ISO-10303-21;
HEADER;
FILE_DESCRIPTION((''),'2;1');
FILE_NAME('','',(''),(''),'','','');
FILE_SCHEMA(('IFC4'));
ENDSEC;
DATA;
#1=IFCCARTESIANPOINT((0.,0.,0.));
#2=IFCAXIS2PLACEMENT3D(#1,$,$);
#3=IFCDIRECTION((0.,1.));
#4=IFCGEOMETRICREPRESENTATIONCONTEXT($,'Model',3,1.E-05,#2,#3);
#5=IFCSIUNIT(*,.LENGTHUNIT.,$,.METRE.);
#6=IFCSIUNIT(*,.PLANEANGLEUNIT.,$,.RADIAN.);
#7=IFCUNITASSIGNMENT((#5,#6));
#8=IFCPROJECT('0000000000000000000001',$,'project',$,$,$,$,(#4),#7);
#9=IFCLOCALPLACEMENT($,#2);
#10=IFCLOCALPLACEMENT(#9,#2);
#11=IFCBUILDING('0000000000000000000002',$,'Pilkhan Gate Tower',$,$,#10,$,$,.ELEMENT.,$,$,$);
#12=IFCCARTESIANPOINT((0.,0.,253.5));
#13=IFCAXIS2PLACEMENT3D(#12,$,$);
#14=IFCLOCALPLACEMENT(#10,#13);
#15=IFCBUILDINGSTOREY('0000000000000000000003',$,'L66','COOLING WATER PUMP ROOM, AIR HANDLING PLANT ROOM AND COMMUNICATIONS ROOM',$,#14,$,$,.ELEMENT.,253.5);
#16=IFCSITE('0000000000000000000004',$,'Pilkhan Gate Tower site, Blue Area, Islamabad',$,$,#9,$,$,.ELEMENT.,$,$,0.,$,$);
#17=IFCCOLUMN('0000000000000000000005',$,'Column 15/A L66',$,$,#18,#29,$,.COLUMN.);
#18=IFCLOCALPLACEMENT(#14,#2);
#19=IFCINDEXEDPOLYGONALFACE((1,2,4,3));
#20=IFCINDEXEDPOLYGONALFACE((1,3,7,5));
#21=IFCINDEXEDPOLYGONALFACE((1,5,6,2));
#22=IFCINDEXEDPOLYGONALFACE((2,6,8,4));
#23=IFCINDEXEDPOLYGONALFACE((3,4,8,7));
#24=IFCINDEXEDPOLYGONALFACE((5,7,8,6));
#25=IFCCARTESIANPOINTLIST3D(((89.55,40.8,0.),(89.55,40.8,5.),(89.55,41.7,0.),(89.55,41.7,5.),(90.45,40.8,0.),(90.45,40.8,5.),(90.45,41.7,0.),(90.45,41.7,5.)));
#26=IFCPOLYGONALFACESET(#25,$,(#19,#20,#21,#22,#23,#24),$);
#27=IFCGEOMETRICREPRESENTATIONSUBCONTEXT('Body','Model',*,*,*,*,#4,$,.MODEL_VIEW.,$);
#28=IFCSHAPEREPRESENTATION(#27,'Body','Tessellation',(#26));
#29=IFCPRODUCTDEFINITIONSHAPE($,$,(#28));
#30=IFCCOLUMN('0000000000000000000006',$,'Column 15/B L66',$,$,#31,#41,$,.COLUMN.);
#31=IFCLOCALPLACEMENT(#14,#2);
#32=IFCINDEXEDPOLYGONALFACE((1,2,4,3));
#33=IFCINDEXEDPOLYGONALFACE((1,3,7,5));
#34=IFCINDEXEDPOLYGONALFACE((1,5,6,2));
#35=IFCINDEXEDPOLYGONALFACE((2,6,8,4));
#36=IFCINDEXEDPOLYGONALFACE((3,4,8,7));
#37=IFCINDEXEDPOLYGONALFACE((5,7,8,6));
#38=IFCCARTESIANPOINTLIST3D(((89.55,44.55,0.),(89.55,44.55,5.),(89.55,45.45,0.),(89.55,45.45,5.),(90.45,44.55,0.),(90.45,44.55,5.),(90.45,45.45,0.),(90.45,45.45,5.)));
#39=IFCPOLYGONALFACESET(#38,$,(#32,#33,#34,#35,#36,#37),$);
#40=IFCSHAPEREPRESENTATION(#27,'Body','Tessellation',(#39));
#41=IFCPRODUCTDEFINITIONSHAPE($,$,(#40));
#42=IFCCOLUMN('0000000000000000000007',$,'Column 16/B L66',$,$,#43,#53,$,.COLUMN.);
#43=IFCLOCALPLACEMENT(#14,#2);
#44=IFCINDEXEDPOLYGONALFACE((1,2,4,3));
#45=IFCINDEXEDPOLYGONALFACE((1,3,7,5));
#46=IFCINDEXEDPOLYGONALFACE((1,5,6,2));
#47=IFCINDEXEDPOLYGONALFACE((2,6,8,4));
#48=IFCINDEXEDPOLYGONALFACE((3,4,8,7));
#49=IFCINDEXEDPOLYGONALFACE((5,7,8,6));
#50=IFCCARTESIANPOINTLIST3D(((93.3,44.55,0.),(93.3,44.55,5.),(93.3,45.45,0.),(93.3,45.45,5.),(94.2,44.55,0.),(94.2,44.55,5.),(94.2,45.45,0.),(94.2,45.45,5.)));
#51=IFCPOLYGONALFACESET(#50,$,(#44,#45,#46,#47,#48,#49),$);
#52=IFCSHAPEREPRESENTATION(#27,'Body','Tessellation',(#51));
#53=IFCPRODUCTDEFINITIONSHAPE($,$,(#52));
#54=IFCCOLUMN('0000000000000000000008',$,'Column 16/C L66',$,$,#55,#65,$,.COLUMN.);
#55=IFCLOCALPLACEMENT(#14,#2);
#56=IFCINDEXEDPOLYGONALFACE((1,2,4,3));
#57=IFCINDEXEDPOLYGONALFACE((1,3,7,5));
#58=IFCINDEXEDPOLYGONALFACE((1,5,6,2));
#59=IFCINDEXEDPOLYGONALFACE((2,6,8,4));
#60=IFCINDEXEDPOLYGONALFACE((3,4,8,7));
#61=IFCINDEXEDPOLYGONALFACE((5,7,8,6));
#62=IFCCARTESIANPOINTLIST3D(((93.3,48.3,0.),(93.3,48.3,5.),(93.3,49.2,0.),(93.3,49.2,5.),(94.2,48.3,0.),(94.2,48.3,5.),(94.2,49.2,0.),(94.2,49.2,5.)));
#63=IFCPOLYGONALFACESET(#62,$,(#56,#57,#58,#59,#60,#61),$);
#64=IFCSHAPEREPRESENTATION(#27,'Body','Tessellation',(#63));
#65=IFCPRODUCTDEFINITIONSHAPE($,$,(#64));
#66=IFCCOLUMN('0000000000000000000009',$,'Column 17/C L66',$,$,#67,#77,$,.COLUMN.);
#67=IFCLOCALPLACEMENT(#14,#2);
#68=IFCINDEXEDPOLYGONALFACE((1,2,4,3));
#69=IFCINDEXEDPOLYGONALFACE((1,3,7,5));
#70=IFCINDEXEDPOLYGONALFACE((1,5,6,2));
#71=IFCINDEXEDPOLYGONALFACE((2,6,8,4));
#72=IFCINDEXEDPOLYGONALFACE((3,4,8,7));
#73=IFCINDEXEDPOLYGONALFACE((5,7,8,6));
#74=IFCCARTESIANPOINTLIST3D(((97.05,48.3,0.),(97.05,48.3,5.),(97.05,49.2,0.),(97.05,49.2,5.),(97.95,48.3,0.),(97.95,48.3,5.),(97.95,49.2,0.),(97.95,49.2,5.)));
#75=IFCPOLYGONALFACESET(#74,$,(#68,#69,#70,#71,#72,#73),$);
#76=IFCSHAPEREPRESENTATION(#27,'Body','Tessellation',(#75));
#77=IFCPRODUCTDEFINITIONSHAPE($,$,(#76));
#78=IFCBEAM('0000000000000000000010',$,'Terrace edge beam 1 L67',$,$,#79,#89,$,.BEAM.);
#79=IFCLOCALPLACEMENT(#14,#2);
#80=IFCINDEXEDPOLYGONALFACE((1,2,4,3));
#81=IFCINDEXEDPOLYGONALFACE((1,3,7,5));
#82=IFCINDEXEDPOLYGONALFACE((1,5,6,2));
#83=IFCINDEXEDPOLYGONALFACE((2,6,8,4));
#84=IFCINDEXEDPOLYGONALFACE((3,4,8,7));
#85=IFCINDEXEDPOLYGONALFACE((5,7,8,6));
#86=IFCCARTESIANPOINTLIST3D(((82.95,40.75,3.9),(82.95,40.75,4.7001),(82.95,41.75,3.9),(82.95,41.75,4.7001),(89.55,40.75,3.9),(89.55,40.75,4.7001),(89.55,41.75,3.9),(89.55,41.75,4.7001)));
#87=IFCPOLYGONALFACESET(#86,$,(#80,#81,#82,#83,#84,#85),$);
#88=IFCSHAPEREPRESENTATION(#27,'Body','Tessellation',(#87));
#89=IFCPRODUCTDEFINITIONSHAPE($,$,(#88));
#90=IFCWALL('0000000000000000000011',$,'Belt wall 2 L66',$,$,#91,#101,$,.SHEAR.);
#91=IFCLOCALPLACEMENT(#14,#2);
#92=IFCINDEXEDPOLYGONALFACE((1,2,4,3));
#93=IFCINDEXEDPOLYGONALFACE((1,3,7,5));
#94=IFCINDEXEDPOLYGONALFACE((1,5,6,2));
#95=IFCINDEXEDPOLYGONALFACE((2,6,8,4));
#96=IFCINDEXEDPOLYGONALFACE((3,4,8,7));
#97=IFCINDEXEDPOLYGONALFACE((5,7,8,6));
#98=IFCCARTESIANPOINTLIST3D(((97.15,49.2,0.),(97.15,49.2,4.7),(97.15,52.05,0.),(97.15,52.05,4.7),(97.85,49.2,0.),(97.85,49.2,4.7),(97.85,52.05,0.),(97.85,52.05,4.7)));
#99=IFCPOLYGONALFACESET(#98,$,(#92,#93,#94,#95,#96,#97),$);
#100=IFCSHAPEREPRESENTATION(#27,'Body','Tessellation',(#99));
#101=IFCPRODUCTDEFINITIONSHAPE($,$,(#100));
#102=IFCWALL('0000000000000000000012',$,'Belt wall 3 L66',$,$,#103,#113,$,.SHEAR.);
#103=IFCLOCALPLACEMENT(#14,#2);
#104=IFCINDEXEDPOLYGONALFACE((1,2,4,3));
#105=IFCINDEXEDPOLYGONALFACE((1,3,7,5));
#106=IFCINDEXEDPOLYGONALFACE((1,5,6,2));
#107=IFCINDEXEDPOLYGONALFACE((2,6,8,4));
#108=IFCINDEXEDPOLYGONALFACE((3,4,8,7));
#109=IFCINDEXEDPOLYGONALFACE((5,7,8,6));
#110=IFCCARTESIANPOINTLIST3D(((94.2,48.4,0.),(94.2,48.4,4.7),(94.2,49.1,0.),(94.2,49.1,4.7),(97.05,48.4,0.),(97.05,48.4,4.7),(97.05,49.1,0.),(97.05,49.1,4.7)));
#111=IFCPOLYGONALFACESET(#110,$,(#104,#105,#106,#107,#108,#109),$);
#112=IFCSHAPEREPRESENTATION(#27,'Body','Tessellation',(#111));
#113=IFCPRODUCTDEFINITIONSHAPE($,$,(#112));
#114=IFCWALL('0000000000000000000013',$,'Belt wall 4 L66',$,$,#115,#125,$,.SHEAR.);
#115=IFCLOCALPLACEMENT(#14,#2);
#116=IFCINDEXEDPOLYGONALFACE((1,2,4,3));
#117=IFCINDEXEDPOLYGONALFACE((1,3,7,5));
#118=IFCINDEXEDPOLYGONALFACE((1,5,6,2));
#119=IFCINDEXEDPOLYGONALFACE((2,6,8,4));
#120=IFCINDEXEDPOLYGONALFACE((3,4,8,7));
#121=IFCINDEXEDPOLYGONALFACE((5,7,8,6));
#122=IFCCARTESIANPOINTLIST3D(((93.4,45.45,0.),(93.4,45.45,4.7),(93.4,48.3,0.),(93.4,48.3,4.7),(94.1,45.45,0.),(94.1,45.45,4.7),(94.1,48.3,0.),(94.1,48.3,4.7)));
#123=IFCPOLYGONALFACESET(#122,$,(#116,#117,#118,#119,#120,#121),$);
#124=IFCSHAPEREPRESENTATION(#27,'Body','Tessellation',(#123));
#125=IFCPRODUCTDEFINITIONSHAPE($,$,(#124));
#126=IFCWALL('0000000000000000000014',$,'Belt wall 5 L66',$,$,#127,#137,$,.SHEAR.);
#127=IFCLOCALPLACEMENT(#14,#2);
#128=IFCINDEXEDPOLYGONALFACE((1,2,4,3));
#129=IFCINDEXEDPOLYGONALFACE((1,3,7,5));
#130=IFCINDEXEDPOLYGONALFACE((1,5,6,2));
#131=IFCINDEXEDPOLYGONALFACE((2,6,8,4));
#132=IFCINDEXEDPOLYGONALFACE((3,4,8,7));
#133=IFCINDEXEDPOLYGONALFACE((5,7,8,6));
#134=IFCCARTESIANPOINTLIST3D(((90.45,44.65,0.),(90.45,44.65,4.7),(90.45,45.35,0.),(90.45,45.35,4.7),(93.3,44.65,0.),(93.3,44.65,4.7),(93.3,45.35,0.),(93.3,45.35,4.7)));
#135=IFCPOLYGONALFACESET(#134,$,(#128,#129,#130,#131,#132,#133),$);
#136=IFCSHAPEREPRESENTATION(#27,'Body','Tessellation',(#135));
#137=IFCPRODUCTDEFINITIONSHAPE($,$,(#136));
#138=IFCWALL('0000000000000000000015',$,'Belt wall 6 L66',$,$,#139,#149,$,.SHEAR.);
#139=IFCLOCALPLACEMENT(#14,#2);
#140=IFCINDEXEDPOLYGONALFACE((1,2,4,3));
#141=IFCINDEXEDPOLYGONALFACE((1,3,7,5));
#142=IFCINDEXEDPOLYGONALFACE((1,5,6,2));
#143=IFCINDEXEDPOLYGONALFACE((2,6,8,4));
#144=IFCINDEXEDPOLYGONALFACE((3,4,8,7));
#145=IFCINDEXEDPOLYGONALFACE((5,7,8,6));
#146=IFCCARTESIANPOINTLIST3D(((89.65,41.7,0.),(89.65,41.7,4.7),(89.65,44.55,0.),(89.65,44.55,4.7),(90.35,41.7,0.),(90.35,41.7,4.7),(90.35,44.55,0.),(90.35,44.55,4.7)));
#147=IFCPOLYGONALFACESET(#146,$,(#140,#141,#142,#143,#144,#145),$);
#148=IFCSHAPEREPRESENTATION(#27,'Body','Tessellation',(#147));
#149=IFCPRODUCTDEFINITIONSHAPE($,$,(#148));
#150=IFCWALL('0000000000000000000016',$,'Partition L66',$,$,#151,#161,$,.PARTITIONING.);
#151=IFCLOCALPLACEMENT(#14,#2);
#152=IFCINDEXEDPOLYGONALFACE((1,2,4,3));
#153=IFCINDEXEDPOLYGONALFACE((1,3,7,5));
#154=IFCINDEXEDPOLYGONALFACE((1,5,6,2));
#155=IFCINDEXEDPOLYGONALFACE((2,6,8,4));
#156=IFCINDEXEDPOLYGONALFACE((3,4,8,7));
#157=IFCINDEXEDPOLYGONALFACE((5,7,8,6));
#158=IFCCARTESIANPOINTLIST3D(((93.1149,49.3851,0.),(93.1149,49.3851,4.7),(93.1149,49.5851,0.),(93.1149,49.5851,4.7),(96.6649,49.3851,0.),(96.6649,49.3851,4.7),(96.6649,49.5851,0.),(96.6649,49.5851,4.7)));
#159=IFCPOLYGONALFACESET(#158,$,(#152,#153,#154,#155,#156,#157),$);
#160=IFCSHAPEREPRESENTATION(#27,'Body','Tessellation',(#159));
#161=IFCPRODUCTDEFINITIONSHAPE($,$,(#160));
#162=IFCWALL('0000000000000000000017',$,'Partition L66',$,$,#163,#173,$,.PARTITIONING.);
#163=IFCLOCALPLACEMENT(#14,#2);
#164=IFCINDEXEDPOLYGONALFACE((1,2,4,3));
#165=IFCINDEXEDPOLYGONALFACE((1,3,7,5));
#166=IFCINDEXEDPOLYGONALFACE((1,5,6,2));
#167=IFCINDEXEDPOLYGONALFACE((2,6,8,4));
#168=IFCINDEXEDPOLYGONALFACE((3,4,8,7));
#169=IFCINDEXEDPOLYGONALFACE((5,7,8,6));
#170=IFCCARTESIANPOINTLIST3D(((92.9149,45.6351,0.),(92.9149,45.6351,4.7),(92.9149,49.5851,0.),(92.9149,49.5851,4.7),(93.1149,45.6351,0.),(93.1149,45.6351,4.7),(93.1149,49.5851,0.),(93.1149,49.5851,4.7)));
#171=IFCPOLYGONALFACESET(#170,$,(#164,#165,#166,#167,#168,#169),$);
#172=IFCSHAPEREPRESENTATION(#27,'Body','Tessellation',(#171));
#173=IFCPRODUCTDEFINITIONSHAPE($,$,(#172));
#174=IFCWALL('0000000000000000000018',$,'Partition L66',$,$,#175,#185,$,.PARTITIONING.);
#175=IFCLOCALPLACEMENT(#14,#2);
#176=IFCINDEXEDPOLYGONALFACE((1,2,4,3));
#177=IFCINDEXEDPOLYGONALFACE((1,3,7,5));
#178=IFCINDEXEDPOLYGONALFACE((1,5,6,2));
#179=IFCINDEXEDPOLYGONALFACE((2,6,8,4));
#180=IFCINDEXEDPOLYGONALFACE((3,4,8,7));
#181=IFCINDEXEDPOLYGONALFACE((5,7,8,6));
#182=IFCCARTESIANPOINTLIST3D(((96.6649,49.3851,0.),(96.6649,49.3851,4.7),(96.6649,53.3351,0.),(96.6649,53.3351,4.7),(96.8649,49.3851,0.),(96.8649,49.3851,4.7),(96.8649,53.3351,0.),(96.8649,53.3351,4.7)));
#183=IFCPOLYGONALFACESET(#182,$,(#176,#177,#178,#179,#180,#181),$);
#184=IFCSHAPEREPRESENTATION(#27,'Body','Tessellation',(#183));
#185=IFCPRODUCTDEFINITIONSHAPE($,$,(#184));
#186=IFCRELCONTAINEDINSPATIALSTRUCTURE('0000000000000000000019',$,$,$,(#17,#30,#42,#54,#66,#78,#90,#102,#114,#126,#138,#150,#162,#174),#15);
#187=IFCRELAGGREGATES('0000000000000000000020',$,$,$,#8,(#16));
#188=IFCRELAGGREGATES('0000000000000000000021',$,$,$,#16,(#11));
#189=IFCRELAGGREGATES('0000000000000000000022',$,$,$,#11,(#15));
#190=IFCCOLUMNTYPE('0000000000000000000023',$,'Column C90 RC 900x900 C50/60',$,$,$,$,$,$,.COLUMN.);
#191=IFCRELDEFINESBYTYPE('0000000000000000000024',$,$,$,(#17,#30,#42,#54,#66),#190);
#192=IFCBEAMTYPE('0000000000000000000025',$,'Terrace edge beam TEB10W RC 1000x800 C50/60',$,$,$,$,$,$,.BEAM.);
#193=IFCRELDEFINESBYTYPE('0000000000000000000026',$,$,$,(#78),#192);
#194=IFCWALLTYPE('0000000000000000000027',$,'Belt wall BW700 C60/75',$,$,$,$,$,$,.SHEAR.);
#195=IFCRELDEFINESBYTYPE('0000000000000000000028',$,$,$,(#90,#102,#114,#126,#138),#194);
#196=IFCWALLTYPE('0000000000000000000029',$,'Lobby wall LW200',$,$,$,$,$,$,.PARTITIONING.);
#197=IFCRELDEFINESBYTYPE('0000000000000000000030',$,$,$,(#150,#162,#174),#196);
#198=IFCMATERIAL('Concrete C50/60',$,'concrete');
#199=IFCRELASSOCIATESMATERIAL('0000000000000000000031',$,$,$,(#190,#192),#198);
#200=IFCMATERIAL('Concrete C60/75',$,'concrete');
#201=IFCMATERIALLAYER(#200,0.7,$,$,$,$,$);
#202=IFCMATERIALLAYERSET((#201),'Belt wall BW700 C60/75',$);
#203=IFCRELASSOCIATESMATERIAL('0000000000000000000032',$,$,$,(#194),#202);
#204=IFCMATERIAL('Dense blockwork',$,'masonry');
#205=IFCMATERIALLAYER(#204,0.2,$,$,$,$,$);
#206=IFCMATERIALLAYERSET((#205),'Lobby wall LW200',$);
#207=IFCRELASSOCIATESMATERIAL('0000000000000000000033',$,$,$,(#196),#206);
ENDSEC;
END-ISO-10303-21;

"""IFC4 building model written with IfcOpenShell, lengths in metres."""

from ifc_helpers import new_model, si_unit, direction, frame, frame_2d, origin, origin_2d, place, context, subcontext, project, spatial, rectangle, extrude, material, layer, layer_set, material_profile, profile_set, type_object, element, save


model = new_model("IFC4")

# Units and contexts
model_context = context("Model", 3, precision=1e-05, world=origin(), true_north=direction((0.0, 1.0)))
body_context = subcontext(model_context, "Body", "Model", "MODEL_VIEW")
ifc_project = project(units=[si_unit("LENGTHUNIT", "METRE"), si_unit("PLANEANGLEUNIT", "RADIAN")], contexts=[model_context])

# Site, building, storey
site_placement = place(None, origin())
site = spatial("IfcSite", under=ifc_project, at=site_placement, Name="Pilkhan Gate Tower site, Blue Area, Islamabad", CompositionType="ELEMENT", RefElevation=0.0)
building_placement = place(site_placement, origin())
building = spatial("IfcBuilding", under=site, at=building_placement, Name="Pilkhan Gate Tower", CompositionType="ELEMENT")
storey_placement = place(building_placement, frame((0.0, 0.0, 253.5)))
storey = spatial("IfcBuildingStorey", under=building, at=storey_placement, Name="L66", Description="COOLING WATER PUMP ROOM, AIR HANDLING PLANT ROOM AND COMMUNICATIONS ROOM", CompositionType="ELEMENT", Elevation=253.5)

# Columns
ifc_material_1 = material(Name="Concrete C50/60", Category="concrete")
ifc_material_profile_1 = material_profile(ifc_material_1, rectangle(XDim=0.8999, YDim=0.8999, at=origin_2d()), Name="RC 900x900")
ifc_profile_set_1 = profile_set([ifc_material_profile_1], Name="Concrete C50/60")
column_type = type_object("IfcColumnType", Name="Column C90 RC 900x900 C50/60", PredefinedType="COLUMN", material=ifc_profile_set_1)
for number, where, z_axis, x_axis, name in (
    (1, (90.0, 41.25, 0.0), (0.0, 0.0, 1.0), (1.0, 0.0, 0.0), "Column 15/A L66"),
    (2, (90.0, 45.0, 0.0), (0.0, 0.0, 1.0), (1.0, 0.0, 0.0), "Column 15/B L66"),
    (3, (93.75, 45.0, 0.0), (0.0, 0.0, 1.0), (1.0, 0.0, 0.0), "Column 16/B L66"),
    (4, (93.75, 48.75, 0.0), (0.0, 0.0, 1.0), (1.0, 0.0, 0.0), "Column 16/C L66"),
    (5, (97.5, 48.75, 0.0), (0.0, 0.0, 1.0), (1.0, 0.0, 0.0), "Column 17/C L66"),
):
    element("IfcColumn", number, at=place(storey_placement, frame(where, z_axis=z_axis, x_axis=x_axis)), inside=storey, type_object=column_type, Name=name, PredefinedType="COLUMN", context=body_context, shape_type="SweptSolid", body=[
        extrude(rectangle(XDim=0.8999, YDim=0.8999, at=origin_2d()), origin(), (0.0, 0.0, 1.0), 5.0),
    ])

# Beam
ifc_material_profile_2 = material_profile(ifc_material_1, rectangle(XDim=1.0, YDim=0.8, at=origin_2d()), Name="RC 1000x800")
ifc_profile_set_2 = profile_set([ifc_material_profile_2], Name="Concrete C50/60")
beam_type = type_object("IfcBeamType", Name="Terrace edge beam TEB10W RC 1000x800 C50/60", PredefinedType="BEAM", material=ifc_profile_set_2)
beam_placement = place(storey_placement, frame((89.55, 41.25, 4.3), z_axis=(-1.0, 0.0, 0.0), x_axis=(0.0, -1.0, 0.0)))
element("IfcBeam", 6, at=beam_placement, inside=storey, type_object=beam_type, Name="Terrace edge beam 1 L67", PredefinedType="BEAM", context=body_context, shape_type="SweptSolid", body=[
    extrude(rectangle(XDim=1.0, YDim=0.8, at=origin_2d()), origin(), (0.0, 0.0, 1.0), 6.6001),
])

# Walls
ifc_material_2 = material(Name="Concrete C60/75", Category="concrete")
ifc_layer_1 = layer(ifc_material_2, 0.7)
ifc_layer_set_1 = layer_set([ifc_layer_1], Name="Belt wall BW700 C60/75")
wall_type_1 = type_object("IfcWallType", Name="Belt wall BW700 C60/75", PredefinedType="SHEAR", material=ifc_layer_set_1)
for number, where, z_axis, x_axis, name in (
    (7, (97.5, 52.05, 0.0), (0.0, 0.0, 1.0), (0.0, -1.0, 0.0), "Belt wall 2 L66"),
    (8, (97.05, 48.75, 0.0), (0.0, 0.0, 1.0), (-1.0, 0.0, 0.0), "Belt wall 3 L66"),
    (9, (93.75, 48.3, 0.0), (0.0, 0.0, 1.0), (0.0, -1.0, 0.0), "Belt wall 4 L66"),
    (10, (93.3, 45.0, 0.0), (0.0, 0.0, 1.0), (-1.0, 0.0, 0.0), "Belt wall 5 L66"),
    (11, (90.0, 44.55, 0.0), (0.0, 0.0, 1.0), (0.0, -1.0, 0.0), "Belt wall 6 L66"),
):
    element("IfcWall", number, at=place(storey_placement, frame(where, z_axis=z_axis, x_axis=x_axis)), inside=storey, type_object=wall_type_1, Name=name, PredefinedType="SHEAR", context=body_context, shape_type="SweptSolid", body=[
        extrude(rectangle(XDim=2.8501, YDim=0.7, at=frame_2d((1.425, 0.0))), origin(), (0.0, 0.0, 1.0), 4.7),
    ])
ifc_material_3 = material(Name="Dense blockwork", Category="masonry")
ifc_layer_2 = layer(ifc_material_3, 0.2)
ifc_layer_set_2 = layer_set([ifc_layer_2], Name="Lobby wall LW200")
wall_type_2 = type_object("IfcWallType", Name="Lobby wall LW200", PredefinedType="PARTITIONING", material=ifc_layer_set_2)
wall_1_placement = place(storey_placement, frame((93.115, 49.4851, 0.0), z_axis=(0.0, 0.0, 1.0), x_axis=(1.0, 0.0, 0.0)))
element("IfcWall", 12, at=wall_1_placement, inside=storey, type_object=wall_type_2, Name="Partition L66", PredefinedType="PARTITIONING", context=body_context, shape_type="SweptSolid", body=[
    extrude(rectangle(XDim=3.55, YDim=0.2, at=frame_2d((1.7749, 0.0))), origin(), (0.0, 0.0, 1.0), 4.7),
])
for number, where, z_axis, x_axis, name in (
    (13, (93.0149, 45.635, 0.0), (0.0, 0.0, 1.0), (0.0, 1.0, 0.0), "Partition L66"),
    (14, (96.7649, 49.385, 0.0), (0.0, 0.0, 1.0), (0.0, 1.0, 0.0), "Partition L66"),
):
    element("IfcWall", number, at=place(storey_placement, frame(where, z_axis=z_axis, x_axis=x_axis)), inside=storey, type_object=wall_type_2, Name=name, PredefinedType="PARTITIONING", context=body_context, shape_type="SweptSolid", body=[
        extrude(rectangle(XDim=3.95, YDim=0.2, at=frame_2d((1.9751, 0.0))), origin(), (0.0, 0.0, 1.0), 4.7),
    ])

save(model, "model.ifc")
